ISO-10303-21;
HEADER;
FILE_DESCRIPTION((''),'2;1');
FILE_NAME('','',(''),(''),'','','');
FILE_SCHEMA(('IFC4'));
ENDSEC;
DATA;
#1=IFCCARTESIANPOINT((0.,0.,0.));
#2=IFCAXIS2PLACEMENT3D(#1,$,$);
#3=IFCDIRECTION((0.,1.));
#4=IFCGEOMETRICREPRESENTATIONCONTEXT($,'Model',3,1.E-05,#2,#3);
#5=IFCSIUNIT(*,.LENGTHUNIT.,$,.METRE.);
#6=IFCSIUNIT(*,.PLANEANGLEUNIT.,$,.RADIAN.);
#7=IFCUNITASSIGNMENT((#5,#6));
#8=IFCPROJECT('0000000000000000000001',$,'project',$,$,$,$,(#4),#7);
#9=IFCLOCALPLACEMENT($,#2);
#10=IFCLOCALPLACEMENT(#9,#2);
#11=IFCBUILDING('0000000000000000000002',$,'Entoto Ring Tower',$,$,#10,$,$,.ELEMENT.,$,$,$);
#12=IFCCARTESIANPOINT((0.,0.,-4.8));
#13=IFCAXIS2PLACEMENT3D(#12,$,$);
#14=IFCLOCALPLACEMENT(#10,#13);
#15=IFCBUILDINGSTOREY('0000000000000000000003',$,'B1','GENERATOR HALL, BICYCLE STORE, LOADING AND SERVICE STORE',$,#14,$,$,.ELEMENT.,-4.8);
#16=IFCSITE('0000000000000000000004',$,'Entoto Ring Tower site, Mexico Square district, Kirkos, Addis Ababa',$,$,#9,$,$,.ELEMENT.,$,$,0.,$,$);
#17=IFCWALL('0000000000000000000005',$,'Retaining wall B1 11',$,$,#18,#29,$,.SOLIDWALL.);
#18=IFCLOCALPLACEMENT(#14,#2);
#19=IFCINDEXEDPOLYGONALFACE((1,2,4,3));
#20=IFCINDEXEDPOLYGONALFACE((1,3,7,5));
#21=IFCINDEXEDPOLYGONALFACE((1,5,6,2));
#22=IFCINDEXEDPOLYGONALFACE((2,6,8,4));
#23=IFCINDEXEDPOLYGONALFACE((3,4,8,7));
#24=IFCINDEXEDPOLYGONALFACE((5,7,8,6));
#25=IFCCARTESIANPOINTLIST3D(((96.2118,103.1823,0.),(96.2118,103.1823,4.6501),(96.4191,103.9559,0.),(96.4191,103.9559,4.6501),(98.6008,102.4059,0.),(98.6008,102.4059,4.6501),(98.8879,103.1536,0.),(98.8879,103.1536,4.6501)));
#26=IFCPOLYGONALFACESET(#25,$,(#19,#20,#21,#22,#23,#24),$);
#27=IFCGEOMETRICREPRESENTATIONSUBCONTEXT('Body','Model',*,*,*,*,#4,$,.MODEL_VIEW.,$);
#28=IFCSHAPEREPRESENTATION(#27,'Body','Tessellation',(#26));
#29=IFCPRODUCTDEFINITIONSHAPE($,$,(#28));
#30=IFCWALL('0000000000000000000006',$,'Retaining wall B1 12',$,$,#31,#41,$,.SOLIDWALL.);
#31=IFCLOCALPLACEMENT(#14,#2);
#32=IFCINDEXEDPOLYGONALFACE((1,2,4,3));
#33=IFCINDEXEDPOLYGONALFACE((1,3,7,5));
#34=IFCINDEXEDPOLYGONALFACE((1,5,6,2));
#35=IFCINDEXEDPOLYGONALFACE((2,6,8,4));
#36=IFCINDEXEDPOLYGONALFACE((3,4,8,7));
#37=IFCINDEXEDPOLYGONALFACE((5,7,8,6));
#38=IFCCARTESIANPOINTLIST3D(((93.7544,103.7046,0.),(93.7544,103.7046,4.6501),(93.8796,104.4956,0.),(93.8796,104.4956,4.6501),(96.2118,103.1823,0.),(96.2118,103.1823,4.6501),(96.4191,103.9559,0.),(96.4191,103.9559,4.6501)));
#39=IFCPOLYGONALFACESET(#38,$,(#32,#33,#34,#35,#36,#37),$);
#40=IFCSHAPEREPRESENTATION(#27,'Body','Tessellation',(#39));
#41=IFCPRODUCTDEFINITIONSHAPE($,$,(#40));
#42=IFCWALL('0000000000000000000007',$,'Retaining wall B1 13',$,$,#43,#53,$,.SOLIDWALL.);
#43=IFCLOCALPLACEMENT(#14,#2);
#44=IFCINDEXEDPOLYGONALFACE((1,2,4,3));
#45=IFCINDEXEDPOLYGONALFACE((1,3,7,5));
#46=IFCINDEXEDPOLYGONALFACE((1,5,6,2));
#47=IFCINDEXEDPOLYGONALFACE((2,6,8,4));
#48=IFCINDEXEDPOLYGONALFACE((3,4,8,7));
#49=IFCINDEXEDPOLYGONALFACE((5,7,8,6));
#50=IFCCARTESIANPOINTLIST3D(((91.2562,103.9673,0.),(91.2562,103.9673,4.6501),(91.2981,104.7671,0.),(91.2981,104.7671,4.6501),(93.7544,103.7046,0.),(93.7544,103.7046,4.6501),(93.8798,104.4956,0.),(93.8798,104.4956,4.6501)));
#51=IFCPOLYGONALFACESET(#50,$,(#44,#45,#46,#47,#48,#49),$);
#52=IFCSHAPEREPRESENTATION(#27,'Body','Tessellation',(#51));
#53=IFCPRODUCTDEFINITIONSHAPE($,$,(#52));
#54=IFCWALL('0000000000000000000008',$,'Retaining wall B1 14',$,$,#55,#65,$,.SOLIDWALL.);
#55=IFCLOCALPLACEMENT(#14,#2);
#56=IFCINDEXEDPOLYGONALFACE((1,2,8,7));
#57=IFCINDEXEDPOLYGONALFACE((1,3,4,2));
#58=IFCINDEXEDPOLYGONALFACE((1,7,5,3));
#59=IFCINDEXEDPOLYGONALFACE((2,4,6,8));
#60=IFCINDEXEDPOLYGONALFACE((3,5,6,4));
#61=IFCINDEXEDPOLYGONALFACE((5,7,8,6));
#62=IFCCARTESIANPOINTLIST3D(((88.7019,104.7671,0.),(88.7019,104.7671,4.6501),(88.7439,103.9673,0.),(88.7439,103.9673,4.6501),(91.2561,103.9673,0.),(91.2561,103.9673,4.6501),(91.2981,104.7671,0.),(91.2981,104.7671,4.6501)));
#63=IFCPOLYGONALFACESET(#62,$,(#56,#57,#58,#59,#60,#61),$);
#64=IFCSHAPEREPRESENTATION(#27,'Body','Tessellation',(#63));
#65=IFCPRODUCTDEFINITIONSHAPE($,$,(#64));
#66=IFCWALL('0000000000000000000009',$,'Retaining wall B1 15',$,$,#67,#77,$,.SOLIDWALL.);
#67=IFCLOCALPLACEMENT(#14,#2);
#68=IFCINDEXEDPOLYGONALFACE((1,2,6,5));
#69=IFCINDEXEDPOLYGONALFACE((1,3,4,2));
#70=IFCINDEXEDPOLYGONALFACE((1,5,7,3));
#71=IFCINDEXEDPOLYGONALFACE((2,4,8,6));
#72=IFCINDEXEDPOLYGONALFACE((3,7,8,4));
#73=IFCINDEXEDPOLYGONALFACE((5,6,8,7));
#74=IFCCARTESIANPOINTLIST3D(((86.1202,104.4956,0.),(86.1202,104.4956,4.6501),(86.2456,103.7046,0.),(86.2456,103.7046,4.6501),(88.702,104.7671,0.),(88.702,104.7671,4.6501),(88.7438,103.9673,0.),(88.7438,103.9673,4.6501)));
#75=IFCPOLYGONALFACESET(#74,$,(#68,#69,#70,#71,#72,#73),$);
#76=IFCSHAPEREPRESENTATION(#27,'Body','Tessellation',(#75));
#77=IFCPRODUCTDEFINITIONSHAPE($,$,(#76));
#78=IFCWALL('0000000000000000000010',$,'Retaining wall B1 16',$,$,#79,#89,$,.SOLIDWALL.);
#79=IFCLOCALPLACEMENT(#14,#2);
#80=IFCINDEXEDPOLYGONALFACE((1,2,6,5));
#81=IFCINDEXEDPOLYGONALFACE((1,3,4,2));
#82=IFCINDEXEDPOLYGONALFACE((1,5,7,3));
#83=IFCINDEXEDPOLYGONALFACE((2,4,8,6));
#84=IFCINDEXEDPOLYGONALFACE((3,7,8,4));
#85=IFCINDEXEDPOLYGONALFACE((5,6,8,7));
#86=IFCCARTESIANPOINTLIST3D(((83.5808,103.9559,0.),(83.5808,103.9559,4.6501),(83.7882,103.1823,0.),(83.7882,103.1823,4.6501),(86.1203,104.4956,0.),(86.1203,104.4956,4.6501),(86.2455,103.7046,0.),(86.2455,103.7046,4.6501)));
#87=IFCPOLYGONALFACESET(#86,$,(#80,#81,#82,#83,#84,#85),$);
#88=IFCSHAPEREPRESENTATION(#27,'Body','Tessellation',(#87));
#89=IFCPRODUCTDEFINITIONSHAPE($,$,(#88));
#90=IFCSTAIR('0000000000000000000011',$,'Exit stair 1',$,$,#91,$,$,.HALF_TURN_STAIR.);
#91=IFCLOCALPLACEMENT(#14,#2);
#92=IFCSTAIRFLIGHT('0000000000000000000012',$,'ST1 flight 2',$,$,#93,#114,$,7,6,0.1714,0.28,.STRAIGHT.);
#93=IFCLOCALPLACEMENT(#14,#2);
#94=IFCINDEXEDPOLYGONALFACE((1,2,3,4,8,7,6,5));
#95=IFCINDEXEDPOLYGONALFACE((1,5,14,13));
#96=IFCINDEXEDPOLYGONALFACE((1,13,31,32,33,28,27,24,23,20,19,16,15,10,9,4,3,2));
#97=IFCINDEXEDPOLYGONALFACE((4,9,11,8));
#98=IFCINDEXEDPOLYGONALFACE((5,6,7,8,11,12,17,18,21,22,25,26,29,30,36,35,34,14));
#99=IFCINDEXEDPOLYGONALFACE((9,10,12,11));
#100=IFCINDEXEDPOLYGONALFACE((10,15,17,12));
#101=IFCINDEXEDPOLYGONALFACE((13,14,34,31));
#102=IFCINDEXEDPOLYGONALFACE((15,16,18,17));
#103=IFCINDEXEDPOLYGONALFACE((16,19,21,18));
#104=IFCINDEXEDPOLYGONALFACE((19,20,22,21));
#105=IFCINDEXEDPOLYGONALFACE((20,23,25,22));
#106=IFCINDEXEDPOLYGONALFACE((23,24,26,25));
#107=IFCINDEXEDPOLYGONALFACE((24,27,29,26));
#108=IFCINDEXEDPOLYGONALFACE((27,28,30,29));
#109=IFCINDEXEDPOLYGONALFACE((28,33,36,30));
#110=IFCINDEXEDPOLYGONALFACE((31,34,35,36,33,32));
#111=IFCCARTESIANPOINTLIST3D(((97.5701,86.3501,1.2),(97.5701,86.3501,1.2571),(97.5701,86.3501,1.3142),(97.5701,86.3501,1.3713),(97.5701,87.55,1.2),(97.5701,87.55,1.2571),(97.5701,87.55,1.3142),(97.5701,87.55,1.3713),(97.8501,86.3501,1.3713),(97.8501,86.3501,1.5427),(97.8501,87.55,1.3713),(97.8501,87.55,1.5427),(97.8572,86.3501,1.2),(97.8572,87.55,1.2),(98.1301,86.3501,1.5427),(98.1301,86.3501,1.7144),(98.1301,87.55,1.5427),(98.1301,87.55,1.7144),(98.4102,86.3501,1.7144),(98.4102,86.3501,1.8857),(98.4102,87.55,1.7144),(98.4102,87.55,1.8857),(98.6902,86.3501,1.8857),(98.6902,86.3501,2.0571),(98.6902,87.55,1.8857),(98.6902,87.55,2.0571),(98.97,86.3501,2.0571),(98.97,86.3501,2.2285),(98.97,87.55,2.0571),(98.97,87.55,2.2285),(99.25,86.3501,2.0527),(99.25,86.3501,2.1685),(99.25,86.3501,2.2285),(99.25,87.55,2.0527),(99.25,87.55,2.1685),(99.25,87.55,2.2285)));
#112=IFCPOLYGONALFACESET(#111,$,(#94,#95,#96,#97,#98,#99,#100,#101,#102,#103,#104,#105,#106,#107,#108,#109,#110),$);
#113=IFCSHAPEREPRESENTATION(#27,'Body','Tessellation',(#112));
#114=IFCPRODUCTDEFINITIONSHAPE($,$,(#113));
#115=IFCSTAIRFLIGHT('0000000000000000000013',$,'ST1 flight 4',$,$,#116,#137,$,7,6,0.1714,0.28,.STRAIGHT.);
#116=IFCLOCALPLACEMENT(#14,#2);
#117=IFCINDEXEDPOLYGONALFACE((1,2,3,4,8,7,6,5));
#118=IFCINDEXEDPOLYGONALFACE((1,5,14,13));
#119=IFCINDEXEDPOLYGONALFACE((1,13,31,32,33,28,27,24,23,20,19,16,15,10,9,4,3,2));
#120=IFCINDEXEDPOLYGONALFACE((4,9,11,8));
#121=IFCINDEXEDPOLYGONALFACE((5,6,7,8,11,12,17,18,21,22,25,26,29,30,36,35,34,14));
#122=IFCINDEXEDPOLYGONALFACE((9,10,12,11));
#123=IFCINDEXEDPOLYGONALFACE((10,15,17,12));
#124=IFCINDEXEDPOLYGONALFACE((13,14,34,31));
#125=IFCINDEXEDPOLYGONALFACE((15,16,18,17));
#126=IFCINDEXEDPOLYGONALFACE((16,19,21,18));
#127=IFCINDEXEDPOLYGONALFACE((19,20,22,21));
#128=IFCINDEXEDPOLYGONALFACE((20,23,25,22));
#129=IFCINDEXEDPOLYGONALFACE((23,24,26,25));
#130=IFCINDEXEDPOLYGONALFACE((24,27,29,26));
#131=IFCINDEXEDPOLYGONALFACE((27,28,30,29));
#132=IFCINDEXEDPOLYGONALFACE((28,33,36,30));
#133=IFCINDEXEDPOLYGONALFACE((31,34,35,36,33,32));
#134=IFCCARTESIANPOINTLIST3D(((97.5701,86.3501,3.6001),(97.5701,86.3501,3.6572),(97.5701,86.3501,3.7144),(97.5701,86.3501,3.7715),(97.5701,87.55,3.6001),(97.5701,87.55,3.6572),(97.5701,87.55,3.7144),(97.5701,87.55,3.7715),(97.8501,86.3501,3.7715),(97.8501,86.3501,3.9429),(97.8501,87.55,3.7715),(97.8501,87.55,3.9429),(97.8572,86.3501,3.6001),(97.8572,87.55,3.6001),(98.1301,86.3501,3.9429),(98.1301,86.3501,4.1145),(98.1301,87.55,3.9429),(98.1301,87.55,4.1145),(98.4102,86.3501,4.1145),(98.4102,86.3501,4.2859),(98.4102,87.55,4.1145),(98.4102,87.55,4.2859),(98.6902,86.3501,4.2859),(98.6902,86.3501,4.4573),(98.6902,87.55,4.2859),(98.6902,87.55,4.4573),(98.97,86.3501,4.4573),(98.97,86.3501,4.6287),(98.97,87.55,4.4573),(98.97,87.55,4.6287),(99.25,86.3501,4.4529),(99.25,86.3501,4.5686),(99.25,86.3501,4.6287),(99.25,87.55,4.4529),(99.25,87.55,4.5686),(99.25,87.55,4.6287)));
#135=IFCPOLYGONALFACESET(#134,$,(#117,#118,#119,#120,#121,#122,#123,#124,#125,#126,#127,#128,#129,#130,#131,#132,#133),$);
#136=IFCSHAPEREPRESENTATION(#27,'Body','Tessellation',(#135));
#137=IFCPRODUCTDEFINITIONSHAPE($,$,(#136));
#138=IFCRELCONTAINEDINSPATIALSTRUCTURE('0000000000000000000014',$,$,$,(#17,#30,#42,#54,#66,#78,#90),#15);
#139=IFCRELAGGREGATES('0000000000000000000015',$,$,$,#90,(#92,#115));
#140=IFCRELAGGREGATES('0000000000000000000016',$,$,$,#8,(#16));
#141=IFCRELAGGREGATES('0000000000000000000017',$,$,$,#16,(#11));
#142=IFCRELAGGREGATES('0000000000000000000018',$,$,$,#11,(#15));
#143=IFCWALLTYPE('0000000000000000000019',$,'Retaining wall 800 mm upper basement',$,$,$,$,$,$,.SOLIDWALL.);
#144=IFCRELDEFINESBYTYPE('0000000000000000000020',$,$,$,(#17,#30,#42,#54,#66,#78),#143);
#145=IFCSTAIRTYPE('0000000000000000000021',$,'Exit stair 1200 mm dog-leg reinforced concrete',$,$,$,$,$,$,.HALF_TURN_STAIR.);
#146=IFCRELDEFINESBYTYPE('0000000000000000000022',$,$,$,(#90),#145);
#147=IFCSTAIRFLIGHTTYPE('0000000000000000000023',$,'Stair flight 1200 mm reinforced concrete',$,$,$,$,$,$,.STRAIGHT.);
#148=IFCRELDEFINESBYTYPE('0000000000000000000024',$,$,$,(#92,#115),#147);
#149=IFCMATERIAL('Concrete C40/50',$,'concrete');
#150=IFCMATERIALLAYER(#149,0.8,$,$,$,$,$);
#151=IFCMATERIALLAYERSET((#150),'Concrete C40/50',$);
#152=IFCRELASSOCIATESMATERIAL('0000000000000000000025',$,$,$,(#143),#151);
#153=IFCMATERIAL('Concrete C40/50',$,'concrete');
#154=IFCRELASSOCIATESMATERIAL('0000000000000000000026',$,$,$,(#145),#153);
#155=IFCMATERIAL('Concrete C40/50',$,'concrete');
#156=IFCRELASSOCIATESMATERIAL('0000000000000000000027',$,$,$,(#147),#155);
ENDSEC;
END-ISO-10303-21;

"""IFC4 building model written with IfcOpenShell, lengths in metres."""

from ifc_helpers import new_model, si_unit, direction, frame, origin, place, context, subcontext, project, spatial, polyline, outline, extrude, material, layer, layer_set, type_object, element, aggregate, save


model = new_model("IFC4")

# Units and contexts
model_context = context("Model", 3, precision=1e-05, world=origin(), true_north=direction((0.0, 1.0)))
body_context = subcontext(model_context, "Body", "Model", "MODEL_VIEW")
ifc_project = project(units=[si_unit("LENGTHUNIT", "METRE"), si_unit("PLANEANGLEUNIT", "RADIAN")], contexts=[model_context])

# Site, building, storey
site_placement = place(None, origin())
site = spatial("IfcSite", under=ifc_project, at=site_placement, Name="Entoto Ring Tower site, Mexico Square district, Kirkos, Addis Ababa", CompositionType="ELEMENT", RefElevation=0.0)
building_placement = place(site_placement, origin())
building = spatial("IfcBuilding", under=site, at=building_placement, Name="Entoto Ring Tower", CompositionType="ELEMENT")
storey_placement = place(building_placement, frame((0.0, 0.0, -4.8)))
storey = spatial("IfcBuildingStorey", under=building, at=storey_placement, Name="B1", Description="GENERATOR HALL, BICYCLE STORE, LOADING AND SERVICE STORE", CompositionType="ELEMENT", Elevation=-4.8)

# Walls
ifc_material_1 = material(Name="Concrete C40/50", Category="concrete")
ifc_layer_1 = layer(ifc_material_1, 0.8)
ifc_layer_set_1 = layer_set([ifc_layer_1], Name="Concrete C40/50")
wall_type_1 = type_object("IfcWallType", Name="Retaining wall 800 mm upper basement", PredefinedType="SOLIDWALL", material=ifc_layer_set_1)
wall_1_placement = place(storey_placement, frame((98.7444, 102.7798, 0.0), z_axis=(0.0, 0.0, 1.0), x_axis=(-0.951046, 0.309049, 0.0)))
element("IfcWall", 1, at=wall_1_placement, inside=storey, type_object=wall_type_1, Name="Retaining wall B1 11", PredefinedType="SOLIDWALL", context=body_context, shape_type="SweptSolid", body=[
    extrude(outline(polyline([(-0.021, -0.3999), (2.575, -0.3999), (2.533, 0.3999), (0.021, 0.3999), (-0.021, -0.3999)])), origin(), (0.0, 0.0, 1.0), 4.6501),
])
wall_2_placement = place(storey_placement, frame((96.3154, 103.5691, 0.0), z_axis=(0.0, 0.0, 1.0), x_axis=(-0.978149, 0.207903, 0.0)))
element("IfcWall", 2, at=wall_2_placement, inside=storey, type_object=wall_type_1, Name="Retaining wall B1 12", PredefinedType="SOLIDWALL", context=body_context, shape_type="SweptSolid", body=[
    extrude(outline(polyline([(-0.021, -0.3999), (2.5752, -0.3999), (2.5332, 0.3999), (0.021, 0.3999), (-0.021, -0.3999)])), origin(), (0.0, 0.0, 1.0), 4.6501),
])
wall_3_placement = place(storey_placement, frame((93.8171, 104.1001, 0.0), z_axis=(0.0, 0.0, 1.0), x_axis=(-0.994517, 0.104575, 0.0)))
element("IfcWall", 3, at=wall_3_placement, inside=storey, type_object=wall_type_1, Name="Retaining wall B1 13", PredefinedType="SOLIDWALL", context=body_context, shape_type="SweptSolid", body=[
    extrude(outline(polyline([(-0.021, -0.3999), (2.575, -0.3999), (2.533, 0.3999), (0.021, 0.3999), (-0.021, -0.3999)])), origin(), (0.0, 0.0, 1.0), 4.6501),
])
wall_4_placement = place(storey_placement, frame((91.2771, 104.3672, 0.0), z_axis=(0.0, 0.0, 1.0), x_axis=(-1.0, 0.0, 0.0)))
element("IfcWall", 4, at=wall_4_placement, inside=storey, type_object=wall_type_1, Name="Retaining wall B1 14", PredefinedType="SOLIDWALL", context=body_context, shape_type="SweptSolid", body=[
    extrude(outline(polyline([(-0.021, -0.3999), (2.5752, -0.3999), (2.5332, 0.3999), (0.021, 0.3999), (-0.021, -0.3999)])), origin(), (0.0, 0.0, 1.0), 4.6501),
])
wall_5_placement = place(storey_placement, frame((88.7229, 104.3672, 0.0), z_axis=(0.0, 0.0, 1.0), x_axis=(-0.994517, -0.104575, 0.0)))
element("IfcWall", 5, at=wall_5_placement, inside=storey, type_object=wall_type_1, Name="Retaining wall B1 15", PredefinedType="SOLIDWALL", context=body_context, shape_type="SweptSolid", body=[
    extrude(outline(polyline([(-0.021, -0.3999), (2.575, -0.3999), (2.533, 0.3999), (0.021, 0.3999), (-0.021, -0.3999)])), origin(), (0.0, 0.0, 1.0), 4.6501),
])
wall_6_placement = place(storey_placement, frame((86.1829, 104.1001, 0.0), z_axis=(0.0, 0.0, 1.0), x_axis=(-0.978149, -0.207903, 0.0)))
element("IfcWall", 6, at=wall_6_placement, inside=storey, type_object=wall_type_1, Name="Retaining wall B1 16", PredefinedType="SOLIDWALL", context=body_context, shape_type="SweptSolid", body=[
    extrude(outline(polyline([(-0.021, -0.3999), (2.5752, -0.3999), (2.5332, 0.3999), (0.021, 0.3999), (-0.021, -0.3999)])), origin(), (0.0, 0.0, 1.0), 4.6501),
])

# Stair, stair flights
ifc_material_2 = material(Name="Concrete C40/50", Category="concrete")
stair_type = type_object("IfcStairType", Name="Exit stair 1200 mm dog-leg reinforced concrete", PredefinedType="HALF_TURN_STAIR", material=ifc_material_2)
stair_placement = place(storey_placement, origin())
stair = element("IfcStair", 7, at=stair_placement, inside=storey, type_object=stair_type, Name="Exit stair 1", PredefinedType="HALF_TURN_STAIR")
ifc_material_3 = material(Name="Concrete C40/50", Category="concrete")
stair_flight_type = type_object("IfcStairFlightType", Name="Stair flight 1200 mm reinforced concrete", PredefinedType="STRAIGHT", material=ifc_material_3)
stair_flight_1_placement = place(storey_placement, frame((97.5701, 86.95, 1.2), z_axis=(0.0, 0.0, 1.0), x_axis=(1.0, 0.0, 0.0)))
stair_flight_1 = element("IfcStairFlight", 8, at=stair_flight_1_placement, type_object=stair_flight_type, Name="ST1 flight 2", NumberOfRisers=7, NumberOfTreads=6, PredefinedType="STRAIGHT", RiserHeight=0.1714, TreadLength=0.28, context=body_context, shape_type="SweptSolid", body=[
    extrude(outline(polyline([(0.0, 0.0), (0.0, 0.0571), (0.0, 0.1143), (0.0, 0.1714), (0.28, 0.1714), (0.28, 0.3428), (0.5601, 0.3428), (0.5601, 0.5144), (0.8401, 0.5144), (0.8401, 0.6858), (1.1201, 0.6858), (1.1201, 0.8572), (1.3999, 0.8572), (1.3999, 1.0286), (1.6799, 1.0286), (1.6799, 1.2), (1.6799, 1.0842), (1.6799, 0.9685), (1.6799, 0.8528), (0.2871, 0.0), (0.0, 0.0)])), frame((0.0, 0.6001, 0.0), z_axis=(0.0, -1.0, 0.0), x_axis=(1.0, 0.0, 0.0)), (0.0, 0.0, 1.0), 1.2),
])
stair_flight_2_placement = place(storey_placement, frame((97.5701, 86.95, 3.6001), z_axis=(0.0, 0.0, 1.0), x_axis=(1.0, 0.0, 0.0)))
stair_flight_2 = element("IfcStairFlight", 9, at=stair_flight_2_placement, type_object=stair_flight_type, Name="ST1 flight 4", NumberOfRisers=7, NumberOfTreads=6, PredefinedType="STRAIGHT", RiserHeight=0.1714, TreadLength=0.28, context=body_context, shape_type="SweptSolid", body=[
    extrude(outline(polyline([(0.0, 0.0), (0.0, 0.0571), (0.0, 0.1143), (0.0, 0.1714), (0.28, 0.1714), (0.28, 0.3428), (0.5601, 0.3428), (0.5601, 0.5144), (0.8401, 0.5144), (0.8401, 0.6858), (1.1201, 0.6858), (1.1201, 0.8572), (1.3999, 0.8572), (1.3999, 1.0286), (1.6799, 1.0286), (1.6799, 1.2), (1.6799, 1.0842), (1.6799, 0.9685), (1.6799, 0.8528), (0.2871, 0.0), (0.0, 0.0)])), frame((0.0, 0.6001, 0.0), z_axis=(0.0, -1.0, 0.0), x_axis=(1.0, 0.0, 0.0)), (0.0, 0.0, 1.0), 1.2),
])
aggregate(stair, [stair_flight_1, stair_flight_2])

save(model, "model.ifc")
